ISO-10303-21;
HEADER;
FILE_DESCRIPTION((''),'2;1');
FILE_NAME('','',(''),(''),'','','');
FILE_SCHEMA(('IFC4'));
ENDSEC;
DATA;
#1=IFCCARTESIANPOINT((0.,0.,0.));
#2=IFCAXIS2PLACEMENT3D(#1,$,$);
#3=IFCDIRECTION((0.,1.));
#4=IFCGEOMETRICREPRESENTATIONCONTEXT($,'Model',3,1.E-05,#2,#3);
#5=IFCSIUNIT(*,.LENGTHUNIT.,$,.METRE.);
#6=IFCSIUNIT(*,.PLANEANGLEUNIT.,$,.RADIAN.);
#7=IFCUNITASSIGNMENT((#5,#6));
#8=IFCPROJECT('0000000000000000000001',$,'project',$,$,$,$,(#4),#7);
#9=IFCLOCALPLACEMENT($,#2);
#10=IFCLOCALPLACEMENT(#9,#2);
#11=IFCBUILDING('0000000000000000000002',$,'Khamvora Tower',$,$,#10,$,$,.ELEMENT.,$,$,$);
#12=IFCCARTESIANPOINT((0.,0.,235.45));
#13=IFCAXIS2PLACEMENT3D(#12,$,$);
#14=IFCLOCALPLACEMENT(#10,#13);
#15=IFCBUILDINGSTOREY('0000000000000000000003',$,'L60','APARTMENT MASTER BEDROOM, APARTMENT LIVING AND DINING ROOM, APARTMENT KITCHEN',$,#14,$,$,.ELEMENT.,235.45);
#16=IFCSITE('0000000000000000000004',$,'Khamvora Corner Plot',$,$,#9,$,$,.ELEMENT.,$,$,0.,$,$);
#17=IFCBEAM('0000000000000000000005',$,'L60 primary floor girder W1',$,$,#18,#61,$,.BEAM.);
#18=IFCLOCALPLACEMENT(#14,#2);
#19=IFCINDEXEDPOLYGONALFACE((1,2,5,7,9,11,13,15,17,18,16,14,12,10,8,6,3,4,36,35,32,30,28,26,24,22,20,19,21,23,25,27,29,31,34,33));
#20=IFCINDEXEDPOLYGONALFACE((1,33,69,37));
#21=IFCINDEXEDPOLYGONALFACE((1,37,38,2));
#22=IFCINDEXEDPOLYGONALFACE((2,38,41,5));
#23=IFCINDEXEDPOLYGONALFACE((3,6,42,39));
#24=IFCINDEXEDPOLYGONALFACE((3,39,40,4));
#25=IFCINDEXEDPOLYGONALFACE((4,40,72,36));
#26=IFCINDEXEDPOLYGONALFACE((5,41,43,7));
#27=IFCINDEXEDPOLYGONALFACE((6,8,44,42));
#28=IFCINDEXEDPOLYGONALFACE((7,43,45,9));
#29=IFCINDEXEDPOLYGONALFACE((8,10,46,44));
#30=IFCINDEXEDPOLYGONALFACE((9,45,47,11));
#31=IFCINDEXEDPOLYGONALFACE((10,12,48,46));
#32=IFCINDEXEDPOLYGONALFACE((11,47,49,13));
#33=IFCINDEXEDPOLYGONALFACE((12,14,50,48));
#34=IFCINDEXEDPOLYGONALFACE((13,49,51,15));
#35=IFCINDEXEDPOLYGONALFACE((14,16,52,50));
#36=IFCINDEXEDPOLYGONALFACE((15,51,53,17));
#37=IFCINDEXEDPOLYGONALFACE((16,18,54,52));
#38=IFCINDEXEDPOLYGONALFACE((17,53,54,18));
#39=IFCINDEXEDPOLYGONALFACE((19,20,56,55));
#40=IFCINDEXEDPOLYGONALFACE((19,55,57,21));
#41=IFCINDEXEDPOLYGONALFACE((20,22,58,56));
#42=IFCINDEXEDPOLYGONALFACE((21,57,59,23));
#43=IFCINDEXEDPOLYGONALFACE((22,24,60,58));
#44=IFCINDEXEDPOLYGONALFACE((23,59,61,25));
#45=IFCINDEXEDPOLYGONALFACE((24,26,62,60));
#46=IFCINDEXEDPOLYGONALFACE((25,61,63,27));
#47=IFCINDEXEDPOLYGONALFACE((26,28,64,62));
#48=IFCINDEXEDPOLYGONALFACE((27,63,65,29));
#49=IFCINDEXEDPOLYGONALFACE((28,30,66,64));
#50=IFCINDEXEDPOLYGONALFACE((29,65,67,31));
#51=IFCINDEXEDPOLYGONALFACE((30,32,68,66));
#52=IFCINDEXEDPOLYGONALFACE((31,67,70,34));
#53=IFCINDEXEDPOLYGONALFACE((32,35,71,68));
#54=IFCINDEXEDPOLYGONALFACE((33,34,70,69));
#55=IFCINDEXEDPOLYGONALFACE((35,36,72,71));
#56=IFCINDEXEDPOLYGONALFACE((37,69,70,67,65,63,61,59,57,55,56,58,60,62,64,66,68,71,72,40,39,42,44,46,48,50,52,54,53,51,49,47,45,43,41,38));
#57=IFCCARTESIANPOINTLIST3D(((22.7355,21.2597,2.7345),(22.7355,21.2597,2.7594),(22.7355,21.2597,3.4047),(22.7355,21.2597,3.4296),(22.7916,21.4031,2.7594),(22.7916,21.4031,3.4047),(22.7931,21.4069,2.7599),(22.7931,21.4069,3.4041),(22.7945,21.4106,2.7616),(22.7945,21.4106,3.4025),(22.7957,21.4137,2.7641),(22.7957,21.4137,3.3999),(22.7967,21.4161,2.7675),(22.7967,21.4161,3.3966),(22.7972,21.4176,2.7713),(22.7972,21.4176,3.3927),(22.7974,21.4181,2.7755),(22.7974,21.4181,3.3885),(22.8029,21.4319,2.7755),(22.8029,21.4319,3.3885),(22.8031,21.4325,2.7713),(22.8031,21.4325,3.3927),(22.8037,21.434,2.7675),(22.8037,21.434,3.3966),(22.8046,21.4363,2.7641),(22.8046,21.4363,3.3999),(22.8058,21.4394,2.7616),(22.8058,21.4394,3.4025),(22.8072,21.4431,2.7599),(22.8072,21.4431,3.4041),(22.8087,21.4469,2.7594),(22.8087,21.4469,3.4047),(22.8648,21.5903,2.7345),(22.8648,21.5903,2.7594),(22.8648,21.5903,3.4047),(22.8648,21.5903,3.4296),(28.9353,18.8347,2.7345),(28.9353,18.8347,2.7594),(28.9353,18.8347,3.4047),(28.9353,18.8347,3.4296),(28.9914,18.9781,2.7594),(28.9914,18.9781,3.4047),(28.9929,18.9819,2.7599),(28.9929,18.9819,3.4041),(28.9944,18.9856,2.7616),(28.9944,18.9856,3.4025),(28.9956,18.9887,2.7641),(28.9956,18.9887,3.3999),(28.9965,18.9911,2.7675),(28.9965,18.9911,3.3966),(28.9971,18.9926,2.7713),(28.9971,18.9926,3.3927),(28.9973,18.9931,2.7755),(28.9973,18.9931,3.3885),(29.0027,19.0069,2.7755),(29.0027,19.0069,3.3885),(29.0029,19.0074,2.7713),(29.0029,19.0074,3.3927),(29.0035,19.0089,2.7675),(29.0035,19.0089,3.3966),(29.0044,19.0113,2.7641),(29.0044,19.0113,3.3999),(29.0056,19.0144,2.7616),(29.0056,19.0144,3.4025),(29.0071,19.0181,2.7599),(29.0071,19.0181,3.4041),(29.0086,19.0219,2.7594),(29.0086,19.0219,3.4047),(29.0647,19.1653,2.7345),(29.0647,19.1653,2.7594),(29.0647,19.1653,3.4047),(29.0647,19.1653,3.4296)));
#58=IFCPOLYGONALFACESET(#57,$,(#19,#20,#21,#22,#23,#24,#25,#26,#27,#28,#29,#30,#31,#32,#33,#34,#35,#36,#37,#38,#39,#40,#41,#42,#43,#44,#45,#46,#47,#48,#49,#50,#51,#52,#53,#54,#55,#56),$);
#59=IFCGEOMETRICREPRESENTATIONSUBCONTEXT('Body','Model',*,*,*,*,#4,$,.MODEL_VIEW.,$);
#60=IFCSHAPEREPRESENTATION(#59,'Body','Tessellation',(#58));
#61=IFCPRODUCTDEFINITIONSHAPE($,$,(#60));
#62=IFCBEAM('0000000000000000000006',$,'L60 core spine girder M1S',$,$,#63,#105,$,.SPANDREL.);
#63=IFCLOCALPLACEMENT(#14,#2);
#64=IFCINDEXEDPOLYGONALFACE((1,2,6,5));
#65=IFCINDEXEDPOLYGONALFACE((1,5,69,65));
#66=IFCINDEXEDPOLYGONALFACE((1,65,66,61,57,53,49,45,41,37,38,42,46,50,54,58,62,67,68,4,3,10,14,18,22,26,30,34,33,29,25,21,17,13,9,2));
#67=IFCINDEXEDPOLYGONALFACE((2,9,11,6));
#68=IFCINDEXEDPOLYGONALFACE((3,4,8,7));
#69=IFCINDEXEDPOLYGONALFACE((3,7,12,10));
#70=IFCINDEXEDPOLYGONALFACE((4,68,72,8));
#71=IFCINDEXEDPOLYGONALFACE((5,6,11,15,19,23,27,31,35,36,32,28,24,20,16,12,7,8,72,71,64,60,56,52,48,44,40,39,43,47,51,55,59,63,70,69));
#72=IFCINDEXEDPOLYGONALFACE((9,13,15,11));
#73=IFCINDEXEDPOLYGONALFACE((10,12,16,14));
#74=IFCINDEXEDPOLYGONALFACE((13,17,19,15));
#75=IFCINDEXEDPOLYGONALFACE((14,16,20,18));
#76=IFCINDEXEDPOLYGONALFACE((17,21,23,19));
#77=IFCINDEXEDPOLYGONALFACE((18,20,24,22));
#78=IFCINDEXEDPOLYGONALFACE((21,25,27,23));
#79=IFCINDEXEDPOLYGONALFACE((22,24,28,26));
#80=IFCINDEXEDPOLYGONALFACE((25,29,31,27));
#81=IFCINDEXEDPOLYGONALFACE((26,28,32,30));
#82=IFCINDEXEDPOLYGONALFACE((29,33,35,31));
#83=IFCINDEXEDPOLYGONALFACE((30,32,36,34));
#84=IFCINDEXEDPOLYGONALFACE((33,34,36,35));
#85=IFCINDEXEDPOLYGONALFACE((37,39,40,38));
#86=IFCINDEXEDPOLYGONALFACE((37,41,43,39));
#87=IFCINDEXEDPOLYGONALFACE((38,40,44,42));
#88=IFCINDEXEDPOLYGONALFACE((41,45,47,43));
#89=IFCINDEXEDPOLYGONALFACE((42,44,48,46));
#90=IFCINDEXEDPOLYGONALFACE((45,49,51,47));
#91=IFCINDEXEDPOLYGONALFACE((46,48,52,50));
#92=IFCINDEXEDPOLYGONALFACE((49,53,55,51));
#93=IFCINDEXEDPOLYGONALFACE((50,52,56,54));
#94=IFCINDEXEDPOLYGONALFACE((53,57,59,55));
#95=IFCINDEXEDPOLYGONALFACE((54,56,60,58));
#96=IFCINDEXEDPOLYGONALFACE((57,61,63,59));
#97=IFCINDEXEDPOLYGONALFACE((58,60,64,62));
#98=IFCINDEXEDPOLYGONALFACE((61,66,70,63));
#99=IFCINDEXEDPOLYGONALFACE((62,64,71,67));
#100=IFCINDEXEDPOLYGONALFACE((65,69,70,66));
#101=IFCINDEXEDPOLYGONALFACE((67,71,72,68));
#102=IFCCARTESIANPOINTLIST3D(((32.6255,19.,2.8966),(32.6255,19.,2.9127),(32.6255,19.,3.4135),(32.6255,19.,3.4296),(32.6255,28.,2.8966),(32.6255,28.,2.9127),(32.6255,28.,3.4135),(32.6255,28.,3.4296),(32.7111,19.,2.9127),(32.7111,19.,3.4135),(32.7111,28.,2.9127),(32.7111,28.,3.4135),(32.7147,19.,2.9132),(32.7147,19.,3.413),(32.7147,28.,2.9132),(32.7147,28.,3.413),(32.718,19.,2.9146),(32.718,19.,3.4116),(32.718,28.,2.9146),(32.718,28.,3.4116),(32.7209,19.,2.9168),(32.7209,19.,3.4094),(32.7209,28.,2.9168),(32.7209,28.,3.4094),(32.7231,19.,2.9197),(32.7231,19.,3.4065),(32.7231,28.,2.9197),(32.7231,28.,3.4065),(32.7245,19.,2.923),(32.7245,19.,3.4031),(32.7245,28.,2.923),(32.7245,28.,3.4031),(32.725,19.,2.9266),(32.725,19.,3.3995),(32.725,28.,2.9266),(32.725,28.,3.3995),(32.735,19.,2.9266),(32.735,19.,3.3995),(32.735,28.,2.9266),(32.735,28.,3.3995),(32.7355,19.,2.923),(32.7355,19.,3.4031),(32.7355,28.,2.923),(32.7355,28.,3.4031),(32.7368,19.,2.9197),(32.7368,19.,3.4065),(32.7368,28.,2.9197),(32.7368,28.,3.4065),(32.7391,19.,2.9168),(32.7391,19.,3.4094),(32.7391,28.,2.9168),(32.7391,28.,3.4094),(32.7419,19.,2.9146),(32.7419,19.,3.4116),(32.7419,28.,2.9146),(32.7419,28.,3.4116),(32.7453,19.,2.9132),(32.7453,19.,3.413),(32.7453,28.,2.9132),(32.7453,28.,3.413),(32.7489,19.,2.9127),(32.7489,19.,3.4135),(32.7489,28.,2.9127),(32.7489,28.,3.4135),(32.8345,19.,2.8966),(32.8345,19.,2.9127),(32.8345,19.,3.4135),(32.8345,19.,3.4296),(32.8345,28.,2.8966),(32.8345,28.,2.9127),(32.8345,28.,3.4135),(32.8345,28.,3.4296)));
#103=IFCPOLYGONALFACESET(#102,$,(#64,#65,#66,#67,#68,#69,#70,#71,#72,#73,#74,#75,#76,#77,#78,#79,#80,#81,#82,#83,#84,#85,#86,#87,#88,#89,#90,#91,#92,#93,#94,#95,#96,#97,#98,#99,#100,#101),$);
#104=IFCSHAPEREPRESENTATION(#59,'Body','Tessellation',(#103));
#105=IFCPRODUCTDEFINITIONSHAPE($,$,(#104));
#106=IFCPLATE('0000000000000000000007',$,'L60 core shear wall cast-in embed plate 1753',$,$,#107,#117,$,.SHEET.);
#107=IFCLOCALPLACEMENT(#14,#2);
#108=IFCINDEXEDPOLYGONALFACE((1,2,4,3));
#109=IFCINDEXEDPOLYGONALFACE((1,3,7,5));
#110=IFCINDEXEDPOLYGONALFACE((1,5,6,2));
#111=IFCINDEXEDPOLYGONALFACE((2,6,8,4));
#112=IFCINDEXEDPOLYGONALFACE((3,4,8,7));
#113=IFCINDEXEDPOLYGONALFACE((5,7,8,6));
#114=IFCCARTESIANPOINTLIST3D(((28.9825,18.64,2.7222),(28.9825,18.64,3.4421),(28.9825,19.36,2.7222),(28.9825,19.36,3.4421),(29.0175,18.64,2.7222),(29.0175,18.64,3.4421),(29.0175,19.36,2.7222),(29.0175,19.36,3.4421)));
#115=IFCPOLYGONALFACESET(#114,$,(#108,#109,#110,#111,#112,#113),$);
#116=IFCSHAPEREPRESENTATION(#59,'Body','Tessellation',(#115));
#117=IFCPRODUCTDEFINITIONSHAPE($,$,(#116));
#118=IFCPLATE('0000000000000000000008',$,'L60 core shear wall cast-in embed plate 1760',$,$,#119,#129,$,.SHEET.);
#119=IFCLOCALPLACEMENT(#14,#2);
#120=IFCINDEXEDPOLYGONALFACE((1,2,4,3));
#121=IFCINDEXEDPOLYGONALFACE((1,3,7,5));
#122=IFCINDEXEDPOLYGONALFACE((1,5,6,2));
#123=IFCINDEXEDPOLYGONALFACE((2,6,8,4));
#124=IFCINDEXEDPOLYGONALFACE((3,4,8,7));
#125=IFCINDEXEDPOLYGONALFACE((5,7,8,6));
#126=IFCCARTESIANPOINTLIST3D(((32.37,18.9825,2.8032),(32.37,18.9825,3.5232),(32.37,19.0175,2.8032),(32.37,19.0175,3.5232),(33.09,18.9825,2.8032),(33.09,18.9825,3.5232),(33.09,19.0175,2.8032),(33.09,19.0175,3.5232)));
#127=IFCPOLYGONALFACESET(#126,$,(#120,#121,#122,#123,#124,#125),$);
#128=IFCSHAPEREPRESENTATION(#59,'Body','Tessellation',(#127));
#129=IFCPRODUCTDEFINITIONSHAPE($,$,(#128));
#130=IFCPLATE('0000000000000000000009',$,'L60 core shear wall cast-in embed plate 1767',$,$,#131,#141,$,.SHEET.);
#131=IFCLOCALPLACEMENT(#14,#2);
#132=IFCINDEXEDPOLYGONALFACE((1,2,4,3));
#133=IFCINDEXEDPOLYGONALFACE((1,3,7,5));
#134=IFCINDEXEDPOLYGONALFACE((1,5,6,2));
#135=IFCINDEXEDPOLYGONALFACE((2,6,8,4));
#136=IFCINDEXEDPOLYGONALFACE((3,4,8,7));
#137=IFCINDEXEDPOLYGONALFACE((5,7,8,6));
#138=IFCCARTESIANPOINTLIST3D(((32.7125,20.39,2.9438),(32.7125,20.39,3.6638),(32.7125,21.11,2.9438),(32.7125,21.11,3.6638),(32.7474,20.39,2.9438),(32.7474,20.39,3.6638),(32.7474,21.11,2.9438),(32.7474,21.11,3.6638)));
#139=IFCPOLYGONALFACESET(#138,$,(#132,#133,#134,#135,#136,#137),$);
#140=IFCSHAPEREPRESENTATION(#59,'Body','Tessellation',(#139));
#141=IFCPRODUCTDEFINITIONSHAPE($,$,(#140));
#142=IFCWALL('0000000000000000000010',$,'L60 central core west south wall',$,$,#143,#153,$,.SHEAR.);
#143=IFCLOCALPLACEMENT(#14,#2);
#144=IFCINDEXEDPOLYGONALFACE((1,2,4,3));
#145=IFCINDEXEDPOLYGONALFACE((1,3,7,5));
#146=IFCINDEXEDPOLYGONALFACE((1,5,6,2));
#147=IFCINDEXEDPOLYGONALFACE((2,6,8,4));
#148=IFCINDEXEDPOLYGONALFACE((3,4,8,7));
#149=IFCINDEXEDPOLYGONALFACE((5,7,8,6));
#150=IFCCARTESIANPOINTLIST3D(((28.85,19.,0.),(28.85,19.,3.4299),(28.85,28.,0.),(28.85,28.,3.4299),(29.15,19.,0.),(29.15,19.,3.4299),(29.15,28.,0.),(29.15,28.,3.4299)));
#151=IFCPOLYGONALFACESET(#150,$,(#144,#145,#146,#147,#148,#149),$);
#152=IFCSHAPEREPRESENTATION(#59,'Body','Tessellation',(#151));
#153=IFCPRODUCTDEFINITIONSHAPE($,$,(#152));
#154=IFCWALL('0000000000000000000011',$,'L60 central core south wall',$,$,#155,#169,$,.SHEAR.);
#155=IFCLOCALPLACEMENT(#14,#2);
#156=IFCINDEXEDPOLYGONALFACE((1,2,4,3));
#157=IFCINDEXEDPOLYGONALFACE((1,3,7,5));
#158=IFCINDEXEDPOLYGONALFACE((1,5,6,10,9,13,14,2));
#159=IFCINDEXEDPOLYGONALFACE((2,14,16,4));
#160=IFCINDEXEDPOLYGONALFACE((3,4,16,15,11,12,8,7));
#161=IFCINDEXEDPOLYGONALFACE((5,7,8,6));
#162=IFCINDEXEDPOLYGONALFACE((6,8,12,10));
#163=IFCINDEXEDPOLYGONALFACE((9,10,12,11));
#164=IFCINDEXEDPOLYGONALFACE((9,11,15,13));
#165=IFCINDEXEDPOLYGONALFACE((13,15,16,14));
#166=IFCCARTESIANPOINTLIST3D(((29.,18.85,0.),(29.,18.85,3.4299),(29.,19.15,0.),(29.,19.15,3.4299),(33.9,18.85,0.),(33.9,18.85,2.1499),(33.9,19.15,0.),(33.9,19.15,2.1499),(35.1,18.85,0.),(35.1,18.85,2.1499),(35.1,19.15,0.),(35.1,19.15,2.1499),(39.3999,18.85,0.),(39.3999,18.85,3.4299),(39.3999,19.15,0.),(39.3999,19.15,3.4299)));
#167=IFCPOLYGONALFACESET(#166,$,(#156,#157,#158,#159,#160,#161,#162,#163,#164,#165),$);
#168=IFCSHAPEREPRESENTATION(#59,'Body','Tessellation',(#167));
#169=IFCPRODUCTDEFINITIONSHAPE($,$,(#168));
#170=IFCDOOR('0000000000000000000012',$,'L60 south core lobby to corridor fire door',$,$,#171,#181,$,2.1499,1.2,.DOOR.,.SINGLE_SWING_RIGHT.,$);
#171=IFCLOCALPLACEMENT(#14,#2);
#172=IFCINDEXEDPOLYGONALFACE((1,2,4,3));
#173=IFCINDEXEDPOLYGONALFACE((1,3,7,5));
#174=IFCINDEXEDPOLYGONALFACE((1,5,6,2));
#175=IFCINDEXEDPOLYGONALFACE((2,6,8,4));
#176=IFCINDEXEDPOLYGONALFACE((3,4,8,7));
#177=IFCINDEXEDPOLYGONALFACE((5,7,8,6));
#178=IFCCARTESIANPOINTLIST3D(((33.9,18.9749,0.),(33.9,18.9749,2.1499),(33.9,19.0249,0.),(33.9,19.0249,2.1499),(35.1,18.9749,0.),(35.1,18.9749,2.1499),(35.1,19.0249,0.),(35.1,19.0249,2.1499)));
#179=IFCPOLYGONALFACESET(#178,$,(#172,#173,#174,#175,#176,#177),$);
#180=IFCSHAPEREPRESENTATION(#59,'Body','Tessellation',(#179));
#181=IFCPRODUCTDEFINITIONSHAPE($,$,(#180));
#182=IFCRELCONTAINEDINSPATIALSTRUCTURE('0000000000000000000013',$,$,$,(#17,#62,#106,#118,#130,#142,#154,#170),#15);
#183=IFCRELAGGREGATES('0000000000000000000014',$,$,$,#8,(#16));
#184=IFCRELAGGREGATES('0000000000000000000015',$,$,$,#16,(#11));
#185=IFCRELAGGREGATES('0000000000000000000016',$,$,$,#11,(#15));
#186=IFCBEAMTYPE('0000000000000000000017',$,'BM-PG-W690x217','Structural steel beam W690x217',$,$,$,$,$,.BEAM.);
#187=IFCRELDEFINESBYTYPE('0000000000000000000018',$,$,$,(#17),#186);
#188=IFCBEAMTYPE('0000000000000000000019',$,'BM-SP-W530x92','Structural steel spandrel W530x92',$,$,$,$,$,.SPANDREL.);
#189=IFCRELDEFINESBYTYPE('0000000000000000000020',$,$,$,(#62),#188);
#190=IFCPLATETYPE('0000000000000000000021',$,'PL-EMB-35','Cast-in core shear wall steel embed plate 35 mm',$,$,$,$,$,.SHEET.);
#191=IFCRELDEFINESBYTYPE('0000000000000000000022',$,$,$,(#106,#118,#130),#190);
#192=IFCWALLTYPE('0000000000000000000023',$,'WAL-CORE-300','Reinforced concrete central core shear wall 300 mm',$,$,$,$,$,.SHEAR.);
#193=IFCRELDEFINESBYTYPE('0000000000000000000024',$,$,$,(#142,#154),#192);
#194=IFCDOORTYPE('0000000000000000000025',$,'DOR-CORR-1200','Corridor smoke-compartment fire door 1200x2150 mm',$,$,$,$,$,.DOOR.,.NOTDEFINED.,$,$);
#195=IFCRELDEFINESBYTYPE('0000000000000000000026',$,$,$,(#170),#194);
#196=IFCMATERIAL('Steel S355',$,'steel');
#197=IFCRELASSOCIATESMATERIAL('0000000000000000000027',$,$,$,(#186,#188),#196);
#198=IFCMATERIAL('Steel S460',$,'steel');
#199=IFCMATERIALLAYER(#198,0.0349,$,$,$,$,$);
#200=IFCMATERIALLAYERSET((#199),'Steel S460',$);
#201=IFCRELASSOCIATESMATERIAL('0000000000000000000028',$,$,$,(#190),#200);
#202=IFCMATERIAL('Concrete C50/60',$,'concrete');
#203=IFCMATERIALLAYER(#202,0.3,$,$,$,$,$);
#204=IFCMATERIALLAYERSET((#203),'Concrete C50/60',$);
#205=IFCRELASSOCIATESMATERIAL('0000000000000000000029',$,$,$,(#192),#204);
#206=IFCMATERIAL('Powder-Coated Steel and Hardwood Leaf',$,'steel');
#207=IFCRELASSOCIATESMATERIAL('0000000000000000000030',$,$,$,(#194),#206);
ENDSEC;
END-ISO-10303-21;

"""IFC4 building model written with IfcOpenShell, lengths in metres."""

from ifc_helpers import new_model, si_unit, direction, frame, frame_2d, origin, origin_2d, place, context, subcontext, project, spatial, rectangle, i_section, extrude, material, layer, layer_set, material_profile, profile_set, type_object, element, fill, save


model = new_model("IFC4")

# Units and contexts
model_context = context("Model", 3, precision=1e-05, world=origin(), true_north=direction((0.0, 1.0)))
body_context = subcontext(model_context, "Body", "Model", "MODEL_VIEW")
ifc_project = project(units=[si_unit("LENGTHUNIT", "METRE"), si_unit("PLANEANGLEUNIT", "RADIAN")], contexts=[model_context])

# Site, building, storey
site_placement = place(None, origin())
site = spatial("IfcSite", under=ifc_project, at=site_placement, Name="Khamvora Corner Plot", CompositionType="ELEMENT", RefElevation=0.0)
building_placement = place(site_placement, origin())
building = spatial("IfcBuilding", under=site, at=building_placement, Name="Khamvora Tower", CompositionType="ELEMENT")
storey_placement = place(building_placement, frame((0.0, 0.0, 235.45)))
storey = spatial("IfcBuildingStorey", under=building, at=storey_placement, Name="L60", Description="APARTMENT MASTER BEDROOM, APARTMENT LIVING AND DINING ROOM, APARTMENT KITCHEN", CompositionType="ELEMENT", Elevation=235.45)

# Beams
ifc_material_1 = material(Name="Steel S355", Category="steel")
ifc_material_profile_1 = material_profile(ifc_material_1, i_section(OverallWidth=0.355, OverallDepth=0.6951, WebThickness=0.0149, FlangeThickness=0.0249, FilletRadius=0.0161, at=origin_2d()), Name="W690x217")
ifc_profile_set_1 = profile_set([ifc_material_profile_1], Name="Steel S355")
beam_type_1 = type_object("IfcBeamType", Name="BM-PG-W690x217", Description="Structural steel beam W690x217", PredefinedType="BEAM", material=ifc_profile_set_1)
beam_1_placement = place(storey_placement, frame((29.0, 19.0, 3.082), z_axis=(-0.931295, 0.364267, 0.0), x_axis=(-0.364267, -0.931295, 0.0)))
element("IfcBeam", 1, at=beam_1_placement, inside=storey, type_object=beam_type_1, Name="L60 primary floor girder W1", PredefinedType="BEAM", context=body_context, shape_type="SweptSolid", body=[
    extrude(i_section(OverallWidth=0.355, OverallDepth=0.6951, WebThickness=0.0149, FlangeThickness=0.0249, FilletRadius=0.0161, at=origin_2d()), origin(), (0.0, 0.0, 1.0), 6.6572),
])
ifc_material_profile_2 = material_profile(ifc_material_1, i_section(OverallWidth=0.209, OverallDepth=0.533, WebThickness=0.01, FlangeThickness=0.0161, FilletRadius=0.0139, at=origin_2d()), Name="W530x92")
ifc_profile_set_2 = profile_set([ifc_material_profile_2], Name="Steel S355")
beam_type_2 = type_object("IfcBeamType", Name="BM-SP-W530x92", Description="Structural steel spandrel W530x92", PredefinedType="SPANDREL", material=ifc_profile_set_2)
beam_2_placement = place(storey_placement, frame((32.73, 19.0, 3.1631), z_axis=(0.0, 1.0, 0.0), x_axis=(-1.0, 0.0, 0.0)))
element("IfcBeam", 2, at=beam_2_placement, inside=storey, type_object=beam_type_2, Name="L60 core spine girder M1S", PredefinedType="SPANDREL", context=body_context, shape_type="SweptSolid", body=[
    extrude(i_section(OverallWidth=0.209, OverallDepth=0.533, WebThickness=0.01, FlangeThickness=0.0161, FilletRadius=0.0139, at=origin_2d()), origin(), (0.0, 0.0, 1.0), 9.0),
])

# Plates
ifc_material_2 = material(Name="Steel S460", Category="steel")
ifc_layer_1 = layer(ifc_material_2, 0.0349)
ifc_layer_set_1 = layer_set([ifc_layer_1], Name="Steel S460")
plate_type = type_object("IfcPlateType", Name="PL-EMB-35", Description="Cast-in core shear wall steel embed plate 35 mm", PredefinedType="SHEET", material=ifc_layer_set_1)
plate_1_placement = place(storey_placement, frame((29.0, 19.0, 2.7222), z_axis=(0.0, 0.0, 1.0), x_axis=(1.0, 0.0, 0.0)))
element("IfcPlate", 3, at=plate_1_placement, inside=storey, type_object=plate_type, Name="L60 core shear wall cast-in embed plate 1753", PredefinedType="SHEET", context=body_context, shape_type="SweptSolid", body=[
    extrude(rectangle(XDim=0.0349, YDim=0.72, at=origin_2d()), origin(), (0.0, 0.0, 1.0), 0.72),
])
plate_2_placement = place(storey_placement, frame((32.73, 19.0, 2.8032), z_axis=(0.0, 0.0, 1.0), x_axis=(1.0, 0.0, 0.0)))
element("IfcPlate", 4, at=plate_2_placement, inside=storey, type_object=plate_type, Name="L60 core shear wall cast-in embed plate 1760", PredefinedType="SHEET", context=body_context, shape_type="SweptSolid", body=[
    extrude(rectangle(XDim=0.72, YDim=0.0349, at=origin_2d()), origin(), (0.0, 0.0, 1.0), 0.72),
])
plate_3_placement = place(storey_placement, frame((32.73, 20.75, 2.9438), z_axis=(0.0, 0.0, 1.0), x_axis=(1.0, 0.0, 0.0)))
element("IfcPlate", 5, at=plate_3_placement, inside=storey, type_object=plate_type, Name="L60 core shear wall cast-in embed plate 1767", PredefinedType="SHEET", context=body_context, shape_type="SweptSolid", body=[
    extrude(rectangle(XDim=0.0349, YDim=0.72, at=origin_2d()), origin(), (0.0, 0.0, 1.0), 0.72),
])

# Wall
ifc_material_3 = material(Name="Concrete C50/60", Category="concrete")
ifc_layer_2 = layer(ifc_material_3, 0.3)
ifc_layer_set_2 = layer_set([ifc_layer_2], Name="Concrete C50/60")
wall_type_1 = type_object("IfcWallType", Name="WAL-CORE-300", Description="Reinforced concrete central core shear wall 300 mm", PredefinedType="SHEAR", material=ifc_layer_set_2)
wall_1_placement = place(storey_placement, frame((29.0, 19.0, 0.0), z_axis=(0.0, 0.0, 1.0), x_axis=(0.0, 1.0, 0.0)))
element("IfcWall", 6, at=wall_1_placement, inside=storey, type_object=wall_type_1, Name="L60 central core west south wall", PredefinedType="SHEAR", context=body_context, shape_type="SweptSolid", body=[
    extrude(rectangle(XDim=9.0, YDim=0.3, at=frame_2d((4.5, 0.0))), origin(), (0.0, 0.0, 1.0), 3.4299),
])

# Wall, opening, door
wall_2_placement = place(storey_placement, frame((29.0, 19.0, 0.0), z_axis=(0.0, 0.0, 1.0), x_axis=(1.0, 0.0, 0.0)))
wall_2 = element("IfcWall", 7, at=wall_2_placement, inside=storey, type_object=wall_type_1, Name="L60 central core south wall", PredefinedType="SHEAR", context=body_context, shape_type="SweptSolid", body=[
    extrude(rectangle(XDim=10.3999, YDim=0.3, at=frame_2d((5.2, 0.0))), origin(), (0.0, 0.0, 1.0), 3.4299),
])
opening_1_placement = place(wall_2_placement, frame((4.8999, 0.0, 0.0)))
opening_1 = element("IfcOpeningElement", 8, at=opening_1_placement, cuts=wall_2, PredefinedType="OPENING", context=body_context, shape_type="SweptSolid", body=[
    extrude(rectangle(XDim=1.2, YDim=2.1499, at=frame_2d((0.6001, 1.075))), frame((0.0, 0.1599, 0.0), z_axis=(0.0, -1.0, 0.0), x_axis=(1.0, 0.0, 0.0)), (0.0, 0.0, 1.0), 0.3201),
])
ifc_material_4 = material(Name="Powder-Coated Steel and Hardwood Leaf", Category="steel")
door_type_1 = type_object("IfcDoorType", Name="DOR-CORR-1200", Description="Corridor smoke-compartment fire door 1200x2150 mm", OperationType="NOTDEFINED", PredefinedType="DOOR", material=ifc_material_4)
door_1_placement = place(opening_1_placement, origin())
door_1 = element("IfcDoor", 9, at=door_1_placement, inside=storey, type_object=door_type_1, Name="L60 south core lobby to corridor fire door", OperationType="SINGLE_SWING_RIGHT", OverallHeight=2.1499, OverallWidth=1.2, PredefinedType="DOOR", context=body_context, shape_type="SweptSolid", body=[
    extrude(rectangle(XDim=1.2, YDim=2.1499, at=frame_2d((0.6001, 1.075))), frame((0.0, 0.0249, 0.0), z_axis=(0.0, -1.0, 0.0), x_axis=(1.0, 0.0, 0.0)), (0.0, 0.0, 1.0), 0.05),
])
fill(opening_1, door_1)

save(model, "model.ifc")
